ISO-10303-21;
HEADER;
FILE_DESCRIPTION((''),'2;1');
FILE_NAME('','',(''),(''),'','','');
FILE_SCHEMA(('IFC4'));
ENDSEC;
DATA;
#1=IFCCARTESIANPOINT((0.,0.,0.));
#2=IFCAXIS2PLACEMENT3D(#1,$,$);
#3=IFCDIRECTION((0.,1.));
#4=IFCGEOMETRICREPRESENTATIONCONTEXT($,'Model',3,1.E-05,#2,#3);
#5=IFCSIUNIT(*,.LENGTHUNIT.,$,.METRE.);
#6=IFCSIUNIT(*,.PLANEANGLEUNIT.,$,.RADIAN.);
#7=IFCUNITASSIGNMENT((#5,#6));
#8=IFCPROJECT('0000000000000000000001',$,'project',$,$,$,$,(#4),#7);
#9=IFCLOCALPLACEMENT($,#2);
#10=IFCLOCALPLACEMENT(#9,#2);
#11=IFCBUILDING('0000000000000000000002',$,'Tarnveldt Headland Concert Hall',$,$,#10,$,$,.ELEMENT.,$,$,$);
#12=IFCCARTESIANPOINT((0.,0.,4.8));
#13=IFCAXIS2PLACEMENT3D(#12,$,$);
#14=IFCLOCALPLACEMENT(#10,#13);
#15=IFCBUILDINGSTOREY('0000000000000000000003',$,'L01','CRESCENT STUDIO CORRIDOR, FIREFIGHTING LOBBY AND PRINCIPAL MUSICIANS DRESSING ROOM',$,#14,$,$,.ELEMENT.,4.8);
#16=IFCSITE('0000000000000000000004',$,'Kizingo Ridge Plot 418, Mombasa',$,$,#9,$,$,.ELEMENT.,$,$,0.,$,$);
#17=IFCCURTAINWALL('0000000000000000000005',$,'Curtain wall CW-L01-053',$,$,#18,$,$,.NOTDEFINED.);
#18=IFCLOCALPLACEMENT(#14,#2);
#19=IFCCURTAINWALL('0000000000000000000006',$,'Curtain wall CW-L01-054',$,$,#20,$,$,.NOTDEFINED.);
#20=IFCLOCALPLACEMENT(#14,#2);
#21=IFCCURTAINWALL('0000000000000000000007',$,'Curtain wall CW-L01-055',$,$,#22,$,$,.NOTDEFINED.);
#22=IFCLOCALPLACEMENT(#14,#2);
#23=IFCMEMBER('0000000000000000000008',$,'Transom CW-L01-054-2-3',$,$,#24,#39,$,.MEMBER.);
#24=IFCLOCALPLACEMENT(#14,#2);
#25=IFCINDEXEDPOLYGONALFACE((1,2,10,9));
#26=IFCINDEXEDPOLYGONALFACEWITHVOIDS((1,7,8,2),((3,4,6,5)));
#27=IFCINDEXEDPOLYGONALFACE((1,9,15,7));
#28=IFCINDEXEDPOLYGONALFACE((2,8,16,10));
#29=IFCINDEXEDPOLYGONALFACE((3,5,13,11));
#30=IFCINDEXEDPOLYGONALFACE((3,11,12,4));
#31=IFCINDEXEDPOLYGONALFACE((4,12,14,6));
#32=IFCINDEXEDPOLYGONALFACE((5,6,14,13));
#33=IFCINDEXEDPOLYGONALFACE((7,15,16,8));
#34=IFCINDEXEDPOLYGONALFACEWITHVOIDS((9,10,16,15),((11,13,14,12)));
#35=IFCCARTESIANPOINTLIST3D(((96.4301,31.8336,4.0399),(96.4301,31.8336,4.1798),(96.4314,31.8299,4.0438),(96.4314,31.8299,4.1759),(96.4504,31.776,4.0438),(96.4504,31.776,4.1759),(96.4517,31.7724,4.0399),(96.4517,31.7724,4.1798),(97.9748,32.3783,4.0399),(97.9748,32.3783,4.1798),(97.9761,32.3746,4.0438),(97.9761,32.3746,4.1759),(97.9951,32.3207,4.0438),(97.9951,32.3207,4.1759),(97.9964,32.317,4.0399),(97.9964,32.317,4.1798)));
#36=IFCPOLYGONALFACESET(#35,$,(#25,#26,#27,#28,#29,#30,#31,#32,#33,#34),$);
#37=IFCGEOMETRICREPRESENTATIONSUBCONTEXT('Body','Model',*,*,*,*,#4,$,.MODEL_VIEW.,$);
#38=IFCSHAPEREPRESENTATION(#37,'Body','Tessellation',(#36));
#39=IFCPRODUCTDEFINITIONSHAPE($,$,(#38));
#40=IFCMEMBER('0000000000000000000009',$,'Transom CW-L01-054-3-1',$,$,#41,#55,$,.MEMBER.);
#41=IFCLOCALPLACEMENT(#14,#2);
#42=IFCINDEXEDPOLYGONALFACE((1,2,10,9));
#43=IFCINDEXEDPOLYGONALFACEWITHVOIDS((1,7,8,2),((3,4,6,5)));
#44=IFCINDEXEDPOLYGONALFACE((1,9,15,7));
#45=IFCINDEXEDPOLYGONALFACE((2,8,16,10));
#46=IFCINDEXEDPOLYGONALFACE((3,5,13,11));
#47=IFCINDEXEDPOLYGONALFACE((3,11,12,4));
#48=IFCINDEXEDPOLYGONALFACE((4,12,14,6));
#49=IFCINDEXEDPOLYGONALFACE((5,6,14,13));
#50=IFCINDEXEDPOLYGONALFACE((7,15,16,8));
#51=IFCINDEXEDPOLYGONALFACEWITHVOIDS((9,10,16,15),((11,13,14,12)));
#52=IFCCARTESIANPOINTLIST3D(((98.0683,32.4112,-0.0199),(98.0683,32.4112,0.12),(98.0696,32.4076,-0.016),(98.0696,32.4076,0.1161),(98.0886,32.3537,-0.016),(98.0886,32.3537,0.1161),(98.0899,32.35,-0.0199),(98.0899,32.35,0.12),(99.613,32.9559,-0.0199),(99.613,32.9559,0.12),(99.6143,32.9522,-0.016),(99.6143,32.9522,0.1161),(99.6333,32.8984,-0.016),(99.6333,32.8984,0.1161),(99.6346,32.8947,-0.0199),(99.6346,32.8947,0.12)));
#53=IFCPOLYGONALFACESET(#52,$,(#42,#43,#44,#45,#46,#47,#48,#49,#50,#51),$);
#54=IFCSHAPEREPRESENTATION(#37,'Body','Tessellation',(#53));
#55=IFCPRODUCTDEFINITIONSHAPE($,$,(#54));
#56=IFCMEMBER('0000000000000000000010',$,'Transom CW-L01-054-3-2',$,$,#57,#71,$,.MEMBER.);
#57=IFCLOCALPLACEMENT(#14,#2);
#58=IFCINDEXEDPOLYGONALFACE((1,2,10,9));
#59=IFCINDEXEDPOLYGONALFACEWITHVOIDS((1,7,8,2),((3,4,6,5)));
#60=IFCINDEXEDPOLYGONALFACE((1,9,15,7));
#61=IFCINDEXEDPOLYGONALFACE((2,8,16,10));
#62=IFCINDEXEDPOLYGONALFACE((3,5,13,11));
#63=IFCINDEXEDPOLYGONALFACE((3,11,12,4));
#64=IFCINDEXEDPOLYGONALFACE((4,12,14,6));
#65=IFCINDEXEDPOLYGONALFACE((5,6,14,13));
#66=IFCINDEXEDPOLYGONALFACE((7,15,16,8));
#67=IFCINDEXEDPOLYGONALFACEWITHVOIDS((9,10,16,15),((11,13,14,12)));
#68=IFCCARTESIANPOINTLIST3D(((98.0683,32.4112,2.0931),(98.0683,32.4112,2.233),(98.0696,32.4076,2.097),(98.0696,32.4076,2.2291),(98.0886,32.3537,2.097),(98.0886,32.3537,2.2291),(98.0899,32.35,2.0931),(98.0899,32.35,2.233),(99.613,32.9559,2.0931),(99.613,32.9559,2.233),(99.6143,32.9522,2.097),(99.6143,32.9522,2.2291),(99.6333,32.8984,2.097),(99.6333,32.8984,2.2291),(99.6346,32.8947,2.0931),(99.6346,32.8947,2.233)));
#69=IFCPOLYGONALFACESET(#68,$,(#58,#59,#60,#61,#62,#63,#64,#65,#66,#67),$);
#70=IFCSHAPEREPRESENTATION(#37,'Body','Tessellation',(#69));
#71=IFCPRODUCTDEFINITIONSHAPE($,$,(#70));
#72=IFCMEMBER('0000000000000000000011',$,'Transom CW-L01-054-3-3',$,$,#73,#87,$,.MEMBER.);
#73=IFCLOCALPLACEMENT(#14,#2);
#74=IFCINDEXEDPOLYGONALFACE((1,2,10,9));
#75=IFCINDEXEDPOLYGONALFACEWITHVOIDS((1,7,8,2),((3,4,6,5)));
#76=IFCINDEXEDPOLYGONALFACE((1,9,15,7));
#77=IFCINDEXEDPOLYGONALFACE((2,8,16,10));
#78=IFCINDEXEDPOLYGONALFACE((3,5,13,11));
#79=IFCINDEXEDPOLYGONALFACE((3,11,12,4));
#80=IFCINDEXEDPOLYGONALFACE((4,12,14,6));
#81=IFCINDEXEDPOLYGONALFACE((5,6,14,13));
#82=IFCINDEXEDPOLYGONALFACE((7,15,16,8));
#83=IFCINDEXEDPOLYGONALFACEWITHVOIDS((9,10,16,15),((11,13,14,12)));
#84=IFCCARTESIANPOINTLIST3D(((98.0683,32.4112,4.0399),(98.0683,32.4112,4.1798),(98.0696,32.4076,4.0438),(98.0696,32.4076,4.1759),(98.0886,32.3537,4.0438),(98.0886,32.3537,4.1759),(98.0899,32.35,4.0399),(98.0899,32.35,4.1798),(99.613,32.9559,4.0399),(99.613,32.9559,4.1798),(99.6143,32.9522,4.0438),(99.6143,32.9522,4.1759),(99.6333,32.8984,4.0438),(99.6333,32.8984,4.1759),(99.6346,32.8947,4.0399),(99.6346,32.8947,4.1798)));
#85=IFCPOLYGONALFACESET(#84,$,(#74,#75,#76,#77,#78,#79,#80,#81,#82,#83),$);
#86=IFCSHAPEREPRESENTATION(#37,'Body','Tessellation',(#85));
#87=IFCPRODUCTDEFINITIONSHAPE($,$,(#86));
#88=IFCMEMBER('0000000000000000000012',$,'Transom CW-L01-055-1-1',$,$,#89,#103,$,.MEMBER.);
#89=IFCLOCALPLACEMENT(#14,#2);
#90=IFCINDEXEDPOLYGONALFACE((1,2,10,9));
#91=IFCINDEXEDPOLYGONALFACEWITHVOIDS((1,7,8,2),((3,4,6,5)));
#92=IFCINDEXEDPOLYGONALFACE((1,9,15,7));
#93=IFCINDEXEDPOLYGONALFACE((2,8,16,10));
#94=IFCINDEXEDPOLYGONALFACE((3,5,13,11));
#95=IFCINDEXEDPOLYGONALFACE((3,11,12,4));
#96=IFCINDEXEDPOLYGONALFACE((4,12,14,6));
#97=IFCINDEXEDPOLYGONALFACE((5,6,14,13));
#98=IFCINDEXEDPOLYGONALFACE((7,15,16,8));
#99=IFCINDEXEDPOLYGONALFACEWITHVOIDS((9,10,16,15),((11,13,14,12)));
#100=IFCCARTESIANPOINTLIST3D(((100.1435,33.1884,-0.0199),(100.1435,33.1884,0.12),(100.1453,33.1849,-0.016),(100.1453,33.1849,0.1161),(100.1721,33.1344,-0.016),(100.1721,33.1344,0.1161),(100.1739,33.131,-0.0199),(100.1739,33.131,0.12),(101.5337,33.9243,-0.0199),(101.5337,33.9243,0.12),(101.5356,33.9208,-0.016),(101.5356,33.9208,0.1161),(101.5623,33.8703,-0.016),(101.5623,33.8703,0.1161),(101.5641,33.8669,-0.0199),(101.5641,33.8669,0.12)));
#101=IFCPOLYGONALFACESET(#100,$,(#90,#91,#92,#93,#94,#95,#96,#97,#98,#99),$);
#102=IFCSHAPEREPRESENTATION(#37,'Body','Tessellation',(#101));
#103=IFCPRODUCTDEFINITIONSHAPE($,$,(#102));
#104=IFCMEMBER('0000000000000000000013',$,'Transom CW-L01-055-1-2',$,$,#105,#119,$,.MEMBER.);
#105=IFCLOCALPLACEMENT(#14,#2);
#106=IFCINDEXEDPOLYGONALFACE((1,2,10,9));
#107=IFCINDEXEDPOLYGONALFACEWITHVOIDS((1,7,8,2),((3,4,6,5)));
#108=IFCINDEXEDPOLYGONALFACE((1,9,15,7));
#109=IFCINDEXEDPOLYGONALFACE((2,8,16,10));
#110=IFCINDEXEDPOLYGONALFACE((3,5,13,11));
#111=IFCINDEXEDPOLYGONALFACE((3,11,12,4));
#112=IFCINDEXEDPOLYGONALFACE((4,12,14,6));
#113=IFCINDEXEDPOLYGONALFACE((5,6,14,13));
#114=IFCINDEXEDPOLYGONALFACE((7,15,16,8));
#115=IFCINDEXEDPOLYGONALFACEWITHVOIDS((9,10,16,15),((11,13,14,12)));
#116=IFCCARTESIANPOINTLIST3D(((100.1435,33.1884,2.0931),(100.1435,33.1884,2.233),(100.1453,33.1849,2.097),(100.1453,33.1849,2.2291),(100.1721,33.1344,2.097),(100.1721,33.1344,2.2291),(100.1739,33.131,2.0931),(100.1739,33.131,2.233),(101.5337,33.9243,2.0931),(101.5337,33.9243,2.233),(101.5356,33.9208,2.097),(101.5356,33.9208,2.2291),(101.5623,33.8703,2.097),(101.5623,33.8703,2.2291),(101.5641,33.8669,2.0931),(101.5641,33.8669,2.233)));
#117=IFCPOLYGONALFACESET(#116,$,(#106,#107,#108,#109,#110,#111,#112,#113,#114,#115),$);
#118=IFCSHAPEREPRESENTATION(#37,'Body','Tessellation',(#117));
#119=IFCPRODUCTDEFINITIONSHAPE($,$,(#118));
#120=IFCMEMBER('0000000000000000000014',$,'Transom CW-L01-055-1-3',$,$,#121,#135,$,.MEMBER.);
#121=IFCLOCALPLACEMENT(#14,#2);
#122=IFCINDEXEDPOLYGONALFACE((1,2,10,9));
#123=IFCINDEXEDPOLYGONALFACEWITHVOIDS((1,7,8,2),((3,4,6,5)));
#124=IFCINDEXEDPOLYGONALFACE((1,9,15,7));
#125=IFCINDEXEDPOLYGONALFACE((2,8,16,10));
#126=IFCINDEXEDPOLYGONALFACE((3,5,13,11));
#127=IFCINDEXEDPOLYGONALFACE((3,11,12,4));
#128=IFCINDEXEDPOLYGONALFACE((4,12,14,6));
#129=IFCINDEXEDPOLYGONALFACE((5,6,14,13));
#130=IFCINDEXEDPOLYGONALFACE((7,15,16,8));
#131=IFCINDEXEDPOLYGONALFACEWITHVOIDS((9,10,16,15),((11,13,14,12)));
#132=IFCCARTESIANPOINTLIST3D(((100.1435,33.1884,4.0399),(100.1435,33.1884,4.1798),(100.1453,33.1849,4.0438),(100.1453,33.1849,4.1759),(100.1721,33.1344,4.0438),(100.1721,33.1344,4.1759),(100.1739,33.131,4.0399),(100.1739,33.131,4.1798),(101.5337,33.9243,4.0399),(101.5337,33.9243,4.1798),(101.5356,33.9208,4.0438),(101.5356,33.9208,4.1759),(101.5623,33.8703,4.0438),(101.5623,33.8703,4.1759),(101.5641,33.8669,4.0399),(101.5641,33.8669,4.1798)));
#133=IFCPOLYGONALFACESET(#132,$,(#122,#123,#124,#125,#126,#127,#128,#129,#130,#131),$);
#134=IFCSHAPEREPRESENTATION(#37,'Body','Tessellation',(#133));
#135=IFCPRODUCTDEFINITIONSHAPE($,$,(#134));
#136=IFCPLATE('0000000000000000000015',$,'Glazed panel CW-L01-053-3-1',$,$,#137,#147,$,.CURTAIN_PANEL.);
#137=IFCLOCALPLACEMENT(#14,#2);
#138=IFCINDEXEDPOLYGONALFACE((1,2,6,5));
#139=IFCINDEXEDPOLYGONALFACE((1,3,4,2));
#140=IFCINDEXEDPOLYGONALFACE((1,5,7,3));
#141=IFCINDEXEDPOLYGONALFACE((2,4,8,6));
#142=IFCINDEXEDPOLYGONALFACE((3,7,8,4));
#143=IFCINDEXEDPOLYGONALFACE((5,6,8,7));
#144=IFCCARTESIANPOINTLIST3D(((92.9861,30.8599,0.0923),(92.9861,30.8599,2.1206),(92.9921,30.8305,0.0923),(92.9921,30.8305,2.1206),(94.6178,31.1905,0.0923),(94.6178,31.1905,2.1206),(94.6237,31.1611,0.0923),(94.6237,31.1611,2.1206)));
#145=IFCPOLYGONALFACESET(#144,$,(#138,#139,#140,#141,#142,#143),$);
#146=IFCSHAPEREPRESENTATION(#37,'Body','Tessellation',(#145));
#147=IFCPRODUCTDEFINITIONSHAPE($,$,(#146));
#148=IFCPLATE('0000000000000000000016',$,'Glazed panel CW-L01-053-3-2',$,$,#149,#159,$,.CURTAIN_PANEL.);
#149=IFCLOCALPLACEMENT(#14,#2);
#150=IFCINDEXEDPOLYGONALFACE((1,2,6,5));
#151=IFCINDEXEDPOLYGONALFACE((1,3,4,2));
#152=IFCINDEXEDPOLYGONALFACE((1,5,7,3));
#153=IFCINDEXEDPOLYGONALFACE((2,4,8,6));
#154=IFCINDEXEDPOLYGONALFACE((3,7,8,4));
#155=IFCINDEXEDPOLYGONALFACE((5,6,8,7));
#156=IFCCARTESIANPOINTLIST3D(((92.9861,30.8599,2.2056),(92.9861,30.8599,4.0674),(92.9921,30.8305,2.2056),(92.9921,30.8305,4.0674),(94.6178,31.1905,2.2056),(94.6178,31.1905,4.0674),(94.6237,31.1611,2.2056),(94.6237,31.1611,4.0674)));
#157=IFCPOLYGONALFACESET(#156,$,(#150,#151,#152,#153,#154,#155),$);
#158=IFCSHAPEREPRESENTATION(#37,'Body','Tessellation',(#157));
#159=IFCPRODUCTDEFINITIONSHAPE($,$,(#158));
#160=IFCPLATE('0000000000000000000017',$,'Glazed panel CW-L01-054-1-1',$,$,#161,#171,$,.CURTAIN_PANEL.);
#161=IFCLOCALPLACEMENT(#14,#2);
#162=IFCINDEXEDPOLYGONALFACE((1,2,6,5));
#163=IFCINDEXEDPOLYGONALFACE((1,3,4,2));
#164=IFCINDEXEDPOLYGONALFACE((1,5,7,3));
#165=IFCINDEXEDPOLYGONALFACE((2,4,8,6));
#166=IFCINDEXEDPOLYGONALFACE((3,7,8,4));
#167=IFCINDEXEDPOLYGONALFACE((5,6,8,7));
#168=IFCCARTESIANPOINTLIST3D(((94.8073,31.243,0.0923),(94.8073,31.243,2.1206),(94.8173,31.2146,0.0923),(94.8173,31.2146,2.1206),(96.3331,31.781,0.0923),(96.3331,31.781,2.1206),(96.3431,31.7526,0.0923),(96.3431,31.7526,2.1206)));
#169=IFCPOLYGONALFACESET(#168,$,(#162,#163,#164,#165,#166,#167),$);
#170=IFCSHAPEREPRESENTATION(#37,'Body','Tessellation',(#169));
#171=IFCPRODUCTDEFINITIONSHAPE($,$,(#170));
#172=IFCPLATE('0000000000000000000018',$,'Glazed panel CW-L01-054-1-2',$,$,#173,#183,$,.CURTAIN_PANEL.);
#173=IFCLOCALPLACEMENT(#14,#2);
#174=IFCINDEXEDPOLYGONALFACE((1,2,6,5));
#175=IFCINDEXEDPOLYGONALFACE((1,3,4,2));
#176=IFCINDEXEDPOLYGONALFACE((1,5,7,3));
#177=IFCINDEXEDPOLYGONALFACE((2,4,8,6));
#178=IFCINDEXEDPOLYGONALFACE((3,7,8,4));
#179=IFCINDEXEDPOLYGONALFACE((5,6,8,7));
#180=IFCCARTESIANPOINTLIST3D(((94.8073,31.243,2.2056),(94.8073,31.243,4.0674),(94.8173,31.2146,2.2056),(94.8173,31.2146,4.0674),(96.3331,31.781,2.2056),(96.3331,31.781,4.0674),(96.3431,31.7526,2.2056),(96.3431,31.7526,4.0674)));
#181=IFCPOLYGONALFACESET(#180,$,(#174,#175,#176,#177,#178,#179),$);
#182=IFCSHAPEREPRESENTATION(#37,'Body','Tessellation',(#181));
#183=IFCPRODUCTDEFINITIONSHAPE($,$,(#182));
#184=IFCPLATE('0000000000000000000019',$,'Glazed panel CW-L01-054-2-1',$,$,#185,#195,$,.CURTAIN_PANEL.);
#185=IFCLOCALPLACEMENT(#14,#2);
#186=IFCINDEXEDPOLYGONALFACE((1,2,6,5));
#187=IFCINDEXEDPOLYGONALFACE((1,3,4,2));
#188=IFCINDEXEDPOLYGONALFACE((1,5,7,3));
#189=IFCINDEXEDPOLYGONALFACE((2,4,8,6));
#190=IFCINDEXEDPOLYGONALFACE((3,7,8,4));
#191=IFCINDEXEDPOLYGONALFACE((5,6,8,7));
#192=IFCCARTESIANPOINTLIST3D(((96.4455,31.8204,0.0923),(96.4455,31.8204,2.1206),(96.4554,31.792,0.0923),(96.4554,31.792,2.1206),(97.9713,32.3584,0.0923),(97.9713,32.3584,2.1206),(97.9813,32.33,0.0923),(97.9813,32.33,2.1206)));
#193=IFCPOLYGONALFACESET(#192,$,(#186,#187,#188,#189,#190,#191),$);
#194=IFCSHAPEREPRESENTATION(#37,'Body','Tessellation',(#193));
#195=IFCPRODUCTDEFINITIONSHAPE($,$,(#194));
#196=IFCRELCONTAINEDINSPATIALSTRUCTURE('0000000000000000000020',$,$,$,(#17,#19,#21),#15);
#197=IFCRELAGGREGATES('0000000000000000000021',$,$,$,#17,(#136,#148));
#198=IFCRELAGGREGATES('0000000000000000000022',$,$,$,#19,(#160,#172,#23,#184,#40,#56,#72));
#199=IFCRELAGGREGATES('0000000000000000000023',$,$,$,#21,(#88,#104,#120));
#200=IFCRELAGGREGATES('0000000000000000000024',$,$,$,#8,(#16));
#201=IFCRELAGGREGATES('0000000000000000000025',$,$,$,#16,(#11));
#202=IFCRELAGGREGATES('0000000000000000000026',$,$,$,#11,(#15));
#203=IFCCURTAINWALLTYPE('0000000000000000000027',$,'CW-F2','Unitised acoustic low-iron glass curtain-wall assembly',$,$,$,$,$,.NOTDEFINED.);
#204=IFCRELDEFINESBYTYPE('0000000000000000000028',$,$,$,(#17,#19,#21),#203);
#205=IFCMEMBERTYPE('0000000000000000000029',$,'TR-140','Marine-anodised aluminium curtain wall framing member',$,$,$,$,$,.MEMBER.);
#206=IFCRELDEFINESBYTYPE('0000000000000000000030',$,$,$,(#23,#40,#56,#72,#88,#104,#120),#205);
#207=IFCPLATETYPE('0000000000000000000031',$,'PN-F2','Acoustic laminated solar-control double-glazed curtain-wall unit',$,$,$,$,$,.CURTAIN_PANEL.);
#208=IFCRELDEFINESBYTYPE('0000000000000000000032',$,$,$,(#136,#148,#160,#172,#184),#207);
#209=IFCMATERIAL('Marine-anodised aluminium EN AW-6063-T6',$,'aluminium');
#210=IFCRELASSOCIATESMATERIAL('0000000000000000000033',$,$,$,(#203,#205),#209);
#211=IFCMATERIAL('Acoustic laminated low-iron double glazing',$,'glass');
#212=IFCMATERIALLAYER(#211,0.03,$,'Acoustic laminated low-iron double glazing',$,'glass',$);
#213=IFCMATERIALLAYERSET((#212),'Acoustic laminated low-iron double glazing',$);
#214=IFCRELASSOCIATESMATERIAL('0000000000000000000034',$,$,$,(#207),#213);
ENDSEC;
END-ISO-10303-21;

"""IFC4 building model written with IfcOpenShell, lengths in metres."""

from ifc_helpers import new_model, si_unit, direction, frame, origin, origin_2d, place, context, subcontext, project, spatial, rectangle, hollow_rectangle, extrude, material, layer, layer_set, material_profile, profile_set, type_object, element, aggregate, save


model = new_model("IFC4")

# Units and contexts
model_context = context("Model", 3, precision=1e-05, world=origin(), true_north=direction((0.0, 1.0)))
body_context = subcontext(model_context, "Body", "Model", "MODEL_VIEW")
ifc_project = project(units=[si_unit("LENGTHUNIT", "METRE"), si_unit("PLANEANGLEUNIT", "RADIAN")], contexts=[model_context])

# Site, building, storey
site_placement = place(None, origin())
site = spatial("IfcSite", under=ifc_project, at=site_placement, Name="Kizingo Ridge Plot 418, Mombasa", CompositionType="ELEMENT", RefElevation=0.0)
building_placement = place(site_placement, origin())
building = spatial("IfcBuilding", under=site, at=building_placement, Name="Tarnveldt Headland Concert Hall", CompositionType="ELEMENT")
storey_placement = place(building_placement, frame((0.0, 0.0, 4.8)))
storey = spatial("IfcBuildingStorey", under=building, at=storey_placement, Name="L01", Description="CRESCENT STUDIO CORRIDOR, FIREFIGHTING LOBBY AND PRINCIPAL MUSICIANS DRESSING ROOM", CompositionType="ELEMENT", Elevation=4.8)

# Curtain wall
ifc_material_1 = material(Name="Marine-anodised aluminium EN AW-6063-T6", Category="aluminium")
curtain_wall_type = type_object("IfcCurtainWallType", Name="CW-F2", Description="Unitised acoustic low-iron glass curtain-wall assembly", PredefinedType="NOTDEFINED", material=ifc_material_1)
curtain_wall_1_placement = place(storey_placement, origin())
curtain_wall_1 = element("IfcCurtainWall", 1, at=curtain_wall_1_placement, inside=storey, type_object=curtain_wall_type, Name="Curtain wall CW-L01-053", PredefinedType="NOTDEFINED")

# Curtain wall
curtain_wall_2_placement = place(storey_placement, origin())
curtain_wall_2 = element("IfcCurtainWall", 2, at=curtain_wall_2_placement, inside=storey, type_object=curtain_wall_type, Name="Curtain wall CW-L01-054", PredefinedType="NOTDEFINED")

# Curtain wall
curtain_wall_3_placement = place(storey_placement, origin())
curtain_wall_3 = element("IfcCurtainWall", 3, at=curtain_wall_3_placement, inside=storey, type_object=curtain_wall_type, Name="Curtain wall CW-L01-055", PredefinedType="NOTDEFINED")

# Members
ifc_material_profile_1 = material_profile(ifc_material_1, hollow_rectangle(XDim=0.0649, YDim=0.1399, WallThickness=0.0039, at=origin_2d()), Name="ALU TRANSOM 65x140x4", Category="aluminium")
ifc_profile_set_1 = profile_set([ifc_material_profile_1], Name="Marine-anodised aluminium EN AW-6063-T6")
member_type_1 = type_object("IfcMemberType", Name="TR-140", Description="Marine-anodised aluminium curtain wall framing member", PredefinedType="MEMBER", material=ifc_profile_set_1)
member_1_placement = place(storey_placement, frame((96.4409, 31.803, 4.1099), z_axis=(0.943087, 0.332547, 0.0), x_axis=(-0.332547, 0.943087, 0.0)))
member_1 = element("IfcMember", 4, at=member_1_placement, type_object=member_type_1, Name="Transom CW-L01-054-2-3", PredefinedType="MEMBER", context=body_context, shape_type="SweptSolid", body=[
    extrude(hollow_rectangle(XDim=0.0649, YDim=0.1399, WallThickness=0.0039, at=origin_2d()), origin(), (0.0, 0.0, 1.0), 1.6379),
])
member_2_placement = place(storey_placement, frame((98.0791, 32.3806, 0.05), z_axis=(0.943087, 0.332547, 0.0), x_axis=(-0.332547, 0.943087, 0.0)))
member_2 = element("IfcMember", 5, at=member_2_placement, type_object=member_type_1, Name="Transom CW-L01-054-3-1", PredefinedType="MEMBER", context=body_context, shape_type="SweptSolid", body=[
    extrude(hollow_rectangle(XDim=0.0649, YDim=0.1399, WallThickness=0.0039, at=origin_2d()), origin(), (0.0, 0.0, 1.0), 1.6379),
])
member_3_placement = place(storey_placement, frame((98.0791, 32.3806, 2.1631), z_axis=(0.943087, 0.332547, 0.0), x_axis=(-0.332547, 0.943087, 0.0)))
member_3 = element("IfcMember", 6, at=member_3_placement, type_object=member_type_1, Name="Transom CW-L01-054-3-2", PredefinedType="MEMBER", context=body_context, shape_type="SweptSolid", body=[
    extrude(hollow_rectangle(XDim=0.0649, YDim=0.1399, WallThickness=0.0039, at=origin_2d()), origin(), (0.0, 0.0, 1.0), 1.6379),
])
member_4_placement = place(storey_placement, frame((98.0791, 32.3806, 4.1099), z_axis=(0.943087, 0.332547, 0.0), x_axis=(-0.332547, 0.943087, 0.0)))
member_4 = element("IfcMember", 7, at=member_4_placement, type_object=member_type_1, Name="Transom CW-L01-054-3-3", PredefinedType="MEMBER", context=body_context, shape_type="SweptSolid", body=[
    extrude(hollow_rectangle(XDim=0.0649, YDim=0.1399, WallThickness=0.0039, at=origin_2d()), origin(), (0.0, 0.0, 1.0), 1.6379),
])
member_5_placement = place(storey_placement, frame((100.1587, 33.1597, 0.05), z_axis=(0.883818, 0.467831, 0.0), x_axis=(-0.467831, 0.883818, 0.0)))
member_5 = element("IfcMember", 8, at=member_5_placement, type_object=member_type_1, Name="Transom CW-L01-055-1-1", PredefinedType="MEMBER", context=body_context, shape_type="SweptSolid", body=[
    extrude(hollow_rectangle(XDim=0.0649, YDim=0.1399, WallThickness=0.0039, at=origin_2d()), origin(), (0.0, 0.0, 1.0), 1.573),
])
member_6_placement = place(storey_placement, frame((100.1587, 33.1597, 2.1631), z_axis=(0.883818, 0.467831, 0.0), x_axis=(-0.467831, 0.883818, 0.0)))
member_6 = element("IfcMember", 9, at=member_6_placement, type_object=member_type_1, Name="Transom CW-L01-055-1-2", PredefinedType="MEMBER", context=body_context, shape_type="SweptSolid", body=[
    extrude(hollow_rectangle(XDim=0.0649, YDim=0.1399, WallThickness=0.0039, at=origin_2d()), origin(), (0.0, 0.0, 1.0), 1.573),
])
member_7_placement = place(storey_placement, frame((100.1587, 33.1597, 4.1099), z_axis=(0.883818, 0.467831, 0.0), x_axis=(-0.467831, 0.883818, 0.0)))
member_7 = element("IfcMember", 10, at=member_7_placement, type_object=member_type_1, Name="Transom CW-L01-055-1-3", PredefinedType="MEMBER", context=body_context, shape_type="SweptSolid", body=[
    extrude(hollow_rectangle(XDim=0.0649, YDim=0.1399, WallThickness=0.0039, at=origin_2d()), origin(), (0.0, 0.0, 1.0), 1.573),
])

# Plates
ifc_material_2 = material(Name="Acoustic laminated low-iron double glazing", Category="glass")
ifc_layer_1 = layer(ifc_material_2, 0.03, Name="Acoustic laminated low-iron double glazing", Category="glass")
ifc_layer_set_1 = layer_set([ifc_layer_1], Name="Acoustic laminated low-iron double glazing")
plate_type = type_object("IfcPlateType", Name="PN-F2", Description="Acoustic laminated solar-control double-glazed curtain-wall unit", PredefinedType="CURTAIN_PANEL", material=ifc_layer_set_1)
plate_1_placement = place(storey_placement, frame((93.8049, 31.0105, 0.0923), z_axis=(0.0, 0.0, 1.0), x_axis=(0.980088, 0.198564, 0.0)))
plate_1 = element("IfcPlate", 11, at=plate_1_placement, type_object=plate_type, Name="Glazed panel CW-L01-053-3-1", PredefinedType="CURTAIN_PANEL", context=body_context, shape_type="SweptSolid", body=[
    extrude(rectangle(XDim=1.6648, YDim=0.03, at=origin_2d()), origin(), (0.0, 0.0, 1.0), 2.0283),
])
plate_2_placement = place(storey_placement, frame((93.8049, 31.0105, 2.2056), z_axis=(0.0, 0.0, 1.0), x_axis=(0.980088, 0.198564, 0.0)))
plate_2 = element("IfcPlate", 12, at=plate_2_placement, type_object=plate_type, Name="Glazed panel CW-L01-053-3-2", PredefinedType="CURTAIN_PANEL", context=body_context, shape_type="SweptSolid", body=[
    extrude(rectangle(XDim=1.6648, YDim=0.03, at=origin_2d()), origin(), (0.0, 0.0, 1.0), 1.8618),
])
aggregate(curtain_wall_1, [plate_1, plate_2])
plate_3_placement = place(storey_placement, frame((95.5752, 31.4978, 0.0923), z_axis=(0.0, 0.0, 1.0), x_axis=(0.943095, 0.332523, 0.0)))
plate_3 = element("IfcPlate", 13, at=plate_3_placement, type_object=plate_type, Name="Glazed panel CW-L01-054-1-1", PredefinedType="CURTAIN_PANEL", context=body_context, shape_type="SweptSolid", body=[
    extrude(rectangle(XDim=1.6179, YDim=0.03, at=origin_2d()), origin(), (0.0, 0.0, 1.0), 2.0283),
])
plate_4_placement = place(storey_placement, frame((95.5752, 31.4978, 2.2056), z_axis=(0.0, 0.0, 1.0), x_axis=(0.943095, 0.332523, 0.0)))
plate_4 = element("IfcPlate", 14, at=plate_4_placement, type_object=plate_type, Name="Glazed panel CW-L01-054-1-2", PredefinedType="CURTAIN_PANEL", context=body_context, shape_type="SweptSolid", body=[
    extrude(rectangle(XDim=1.6179, YDim=0.03, at=origin_2d()), origin(), (0.0, 0.0, 1.0), 1.8618),
])
plate_5_placement = place(storey_placement, frame((97.2134, 32.0752, 0.0923), z_axis=(0.0, 0.0, 1.0), x_axis=(0.943095, 0.332523, 0.0)))
plate_5 = element("IfcPlate", 15, at=plate_5_placement, type_object=plate_type, Name="Glazed panel CW-L01-054-2-1", PredefinedType="CURTAIN_PANEL", context=body_context, shape_type="SweptSolid", body=[
    extrude(rectangle(XDim=1.6179, YDim=0.03, at=origin_2d()), origin(), (0.0, 0.0, 1.0), 2.0283),
])
aggregate(curtain_wall_2, [plate_3, plate_4, member_1, plate_5, member_2, member_3, member_4])
aggregate(curtain_wall_3, [member_5, member_6, member_7])

save(model, "model.ifc")
